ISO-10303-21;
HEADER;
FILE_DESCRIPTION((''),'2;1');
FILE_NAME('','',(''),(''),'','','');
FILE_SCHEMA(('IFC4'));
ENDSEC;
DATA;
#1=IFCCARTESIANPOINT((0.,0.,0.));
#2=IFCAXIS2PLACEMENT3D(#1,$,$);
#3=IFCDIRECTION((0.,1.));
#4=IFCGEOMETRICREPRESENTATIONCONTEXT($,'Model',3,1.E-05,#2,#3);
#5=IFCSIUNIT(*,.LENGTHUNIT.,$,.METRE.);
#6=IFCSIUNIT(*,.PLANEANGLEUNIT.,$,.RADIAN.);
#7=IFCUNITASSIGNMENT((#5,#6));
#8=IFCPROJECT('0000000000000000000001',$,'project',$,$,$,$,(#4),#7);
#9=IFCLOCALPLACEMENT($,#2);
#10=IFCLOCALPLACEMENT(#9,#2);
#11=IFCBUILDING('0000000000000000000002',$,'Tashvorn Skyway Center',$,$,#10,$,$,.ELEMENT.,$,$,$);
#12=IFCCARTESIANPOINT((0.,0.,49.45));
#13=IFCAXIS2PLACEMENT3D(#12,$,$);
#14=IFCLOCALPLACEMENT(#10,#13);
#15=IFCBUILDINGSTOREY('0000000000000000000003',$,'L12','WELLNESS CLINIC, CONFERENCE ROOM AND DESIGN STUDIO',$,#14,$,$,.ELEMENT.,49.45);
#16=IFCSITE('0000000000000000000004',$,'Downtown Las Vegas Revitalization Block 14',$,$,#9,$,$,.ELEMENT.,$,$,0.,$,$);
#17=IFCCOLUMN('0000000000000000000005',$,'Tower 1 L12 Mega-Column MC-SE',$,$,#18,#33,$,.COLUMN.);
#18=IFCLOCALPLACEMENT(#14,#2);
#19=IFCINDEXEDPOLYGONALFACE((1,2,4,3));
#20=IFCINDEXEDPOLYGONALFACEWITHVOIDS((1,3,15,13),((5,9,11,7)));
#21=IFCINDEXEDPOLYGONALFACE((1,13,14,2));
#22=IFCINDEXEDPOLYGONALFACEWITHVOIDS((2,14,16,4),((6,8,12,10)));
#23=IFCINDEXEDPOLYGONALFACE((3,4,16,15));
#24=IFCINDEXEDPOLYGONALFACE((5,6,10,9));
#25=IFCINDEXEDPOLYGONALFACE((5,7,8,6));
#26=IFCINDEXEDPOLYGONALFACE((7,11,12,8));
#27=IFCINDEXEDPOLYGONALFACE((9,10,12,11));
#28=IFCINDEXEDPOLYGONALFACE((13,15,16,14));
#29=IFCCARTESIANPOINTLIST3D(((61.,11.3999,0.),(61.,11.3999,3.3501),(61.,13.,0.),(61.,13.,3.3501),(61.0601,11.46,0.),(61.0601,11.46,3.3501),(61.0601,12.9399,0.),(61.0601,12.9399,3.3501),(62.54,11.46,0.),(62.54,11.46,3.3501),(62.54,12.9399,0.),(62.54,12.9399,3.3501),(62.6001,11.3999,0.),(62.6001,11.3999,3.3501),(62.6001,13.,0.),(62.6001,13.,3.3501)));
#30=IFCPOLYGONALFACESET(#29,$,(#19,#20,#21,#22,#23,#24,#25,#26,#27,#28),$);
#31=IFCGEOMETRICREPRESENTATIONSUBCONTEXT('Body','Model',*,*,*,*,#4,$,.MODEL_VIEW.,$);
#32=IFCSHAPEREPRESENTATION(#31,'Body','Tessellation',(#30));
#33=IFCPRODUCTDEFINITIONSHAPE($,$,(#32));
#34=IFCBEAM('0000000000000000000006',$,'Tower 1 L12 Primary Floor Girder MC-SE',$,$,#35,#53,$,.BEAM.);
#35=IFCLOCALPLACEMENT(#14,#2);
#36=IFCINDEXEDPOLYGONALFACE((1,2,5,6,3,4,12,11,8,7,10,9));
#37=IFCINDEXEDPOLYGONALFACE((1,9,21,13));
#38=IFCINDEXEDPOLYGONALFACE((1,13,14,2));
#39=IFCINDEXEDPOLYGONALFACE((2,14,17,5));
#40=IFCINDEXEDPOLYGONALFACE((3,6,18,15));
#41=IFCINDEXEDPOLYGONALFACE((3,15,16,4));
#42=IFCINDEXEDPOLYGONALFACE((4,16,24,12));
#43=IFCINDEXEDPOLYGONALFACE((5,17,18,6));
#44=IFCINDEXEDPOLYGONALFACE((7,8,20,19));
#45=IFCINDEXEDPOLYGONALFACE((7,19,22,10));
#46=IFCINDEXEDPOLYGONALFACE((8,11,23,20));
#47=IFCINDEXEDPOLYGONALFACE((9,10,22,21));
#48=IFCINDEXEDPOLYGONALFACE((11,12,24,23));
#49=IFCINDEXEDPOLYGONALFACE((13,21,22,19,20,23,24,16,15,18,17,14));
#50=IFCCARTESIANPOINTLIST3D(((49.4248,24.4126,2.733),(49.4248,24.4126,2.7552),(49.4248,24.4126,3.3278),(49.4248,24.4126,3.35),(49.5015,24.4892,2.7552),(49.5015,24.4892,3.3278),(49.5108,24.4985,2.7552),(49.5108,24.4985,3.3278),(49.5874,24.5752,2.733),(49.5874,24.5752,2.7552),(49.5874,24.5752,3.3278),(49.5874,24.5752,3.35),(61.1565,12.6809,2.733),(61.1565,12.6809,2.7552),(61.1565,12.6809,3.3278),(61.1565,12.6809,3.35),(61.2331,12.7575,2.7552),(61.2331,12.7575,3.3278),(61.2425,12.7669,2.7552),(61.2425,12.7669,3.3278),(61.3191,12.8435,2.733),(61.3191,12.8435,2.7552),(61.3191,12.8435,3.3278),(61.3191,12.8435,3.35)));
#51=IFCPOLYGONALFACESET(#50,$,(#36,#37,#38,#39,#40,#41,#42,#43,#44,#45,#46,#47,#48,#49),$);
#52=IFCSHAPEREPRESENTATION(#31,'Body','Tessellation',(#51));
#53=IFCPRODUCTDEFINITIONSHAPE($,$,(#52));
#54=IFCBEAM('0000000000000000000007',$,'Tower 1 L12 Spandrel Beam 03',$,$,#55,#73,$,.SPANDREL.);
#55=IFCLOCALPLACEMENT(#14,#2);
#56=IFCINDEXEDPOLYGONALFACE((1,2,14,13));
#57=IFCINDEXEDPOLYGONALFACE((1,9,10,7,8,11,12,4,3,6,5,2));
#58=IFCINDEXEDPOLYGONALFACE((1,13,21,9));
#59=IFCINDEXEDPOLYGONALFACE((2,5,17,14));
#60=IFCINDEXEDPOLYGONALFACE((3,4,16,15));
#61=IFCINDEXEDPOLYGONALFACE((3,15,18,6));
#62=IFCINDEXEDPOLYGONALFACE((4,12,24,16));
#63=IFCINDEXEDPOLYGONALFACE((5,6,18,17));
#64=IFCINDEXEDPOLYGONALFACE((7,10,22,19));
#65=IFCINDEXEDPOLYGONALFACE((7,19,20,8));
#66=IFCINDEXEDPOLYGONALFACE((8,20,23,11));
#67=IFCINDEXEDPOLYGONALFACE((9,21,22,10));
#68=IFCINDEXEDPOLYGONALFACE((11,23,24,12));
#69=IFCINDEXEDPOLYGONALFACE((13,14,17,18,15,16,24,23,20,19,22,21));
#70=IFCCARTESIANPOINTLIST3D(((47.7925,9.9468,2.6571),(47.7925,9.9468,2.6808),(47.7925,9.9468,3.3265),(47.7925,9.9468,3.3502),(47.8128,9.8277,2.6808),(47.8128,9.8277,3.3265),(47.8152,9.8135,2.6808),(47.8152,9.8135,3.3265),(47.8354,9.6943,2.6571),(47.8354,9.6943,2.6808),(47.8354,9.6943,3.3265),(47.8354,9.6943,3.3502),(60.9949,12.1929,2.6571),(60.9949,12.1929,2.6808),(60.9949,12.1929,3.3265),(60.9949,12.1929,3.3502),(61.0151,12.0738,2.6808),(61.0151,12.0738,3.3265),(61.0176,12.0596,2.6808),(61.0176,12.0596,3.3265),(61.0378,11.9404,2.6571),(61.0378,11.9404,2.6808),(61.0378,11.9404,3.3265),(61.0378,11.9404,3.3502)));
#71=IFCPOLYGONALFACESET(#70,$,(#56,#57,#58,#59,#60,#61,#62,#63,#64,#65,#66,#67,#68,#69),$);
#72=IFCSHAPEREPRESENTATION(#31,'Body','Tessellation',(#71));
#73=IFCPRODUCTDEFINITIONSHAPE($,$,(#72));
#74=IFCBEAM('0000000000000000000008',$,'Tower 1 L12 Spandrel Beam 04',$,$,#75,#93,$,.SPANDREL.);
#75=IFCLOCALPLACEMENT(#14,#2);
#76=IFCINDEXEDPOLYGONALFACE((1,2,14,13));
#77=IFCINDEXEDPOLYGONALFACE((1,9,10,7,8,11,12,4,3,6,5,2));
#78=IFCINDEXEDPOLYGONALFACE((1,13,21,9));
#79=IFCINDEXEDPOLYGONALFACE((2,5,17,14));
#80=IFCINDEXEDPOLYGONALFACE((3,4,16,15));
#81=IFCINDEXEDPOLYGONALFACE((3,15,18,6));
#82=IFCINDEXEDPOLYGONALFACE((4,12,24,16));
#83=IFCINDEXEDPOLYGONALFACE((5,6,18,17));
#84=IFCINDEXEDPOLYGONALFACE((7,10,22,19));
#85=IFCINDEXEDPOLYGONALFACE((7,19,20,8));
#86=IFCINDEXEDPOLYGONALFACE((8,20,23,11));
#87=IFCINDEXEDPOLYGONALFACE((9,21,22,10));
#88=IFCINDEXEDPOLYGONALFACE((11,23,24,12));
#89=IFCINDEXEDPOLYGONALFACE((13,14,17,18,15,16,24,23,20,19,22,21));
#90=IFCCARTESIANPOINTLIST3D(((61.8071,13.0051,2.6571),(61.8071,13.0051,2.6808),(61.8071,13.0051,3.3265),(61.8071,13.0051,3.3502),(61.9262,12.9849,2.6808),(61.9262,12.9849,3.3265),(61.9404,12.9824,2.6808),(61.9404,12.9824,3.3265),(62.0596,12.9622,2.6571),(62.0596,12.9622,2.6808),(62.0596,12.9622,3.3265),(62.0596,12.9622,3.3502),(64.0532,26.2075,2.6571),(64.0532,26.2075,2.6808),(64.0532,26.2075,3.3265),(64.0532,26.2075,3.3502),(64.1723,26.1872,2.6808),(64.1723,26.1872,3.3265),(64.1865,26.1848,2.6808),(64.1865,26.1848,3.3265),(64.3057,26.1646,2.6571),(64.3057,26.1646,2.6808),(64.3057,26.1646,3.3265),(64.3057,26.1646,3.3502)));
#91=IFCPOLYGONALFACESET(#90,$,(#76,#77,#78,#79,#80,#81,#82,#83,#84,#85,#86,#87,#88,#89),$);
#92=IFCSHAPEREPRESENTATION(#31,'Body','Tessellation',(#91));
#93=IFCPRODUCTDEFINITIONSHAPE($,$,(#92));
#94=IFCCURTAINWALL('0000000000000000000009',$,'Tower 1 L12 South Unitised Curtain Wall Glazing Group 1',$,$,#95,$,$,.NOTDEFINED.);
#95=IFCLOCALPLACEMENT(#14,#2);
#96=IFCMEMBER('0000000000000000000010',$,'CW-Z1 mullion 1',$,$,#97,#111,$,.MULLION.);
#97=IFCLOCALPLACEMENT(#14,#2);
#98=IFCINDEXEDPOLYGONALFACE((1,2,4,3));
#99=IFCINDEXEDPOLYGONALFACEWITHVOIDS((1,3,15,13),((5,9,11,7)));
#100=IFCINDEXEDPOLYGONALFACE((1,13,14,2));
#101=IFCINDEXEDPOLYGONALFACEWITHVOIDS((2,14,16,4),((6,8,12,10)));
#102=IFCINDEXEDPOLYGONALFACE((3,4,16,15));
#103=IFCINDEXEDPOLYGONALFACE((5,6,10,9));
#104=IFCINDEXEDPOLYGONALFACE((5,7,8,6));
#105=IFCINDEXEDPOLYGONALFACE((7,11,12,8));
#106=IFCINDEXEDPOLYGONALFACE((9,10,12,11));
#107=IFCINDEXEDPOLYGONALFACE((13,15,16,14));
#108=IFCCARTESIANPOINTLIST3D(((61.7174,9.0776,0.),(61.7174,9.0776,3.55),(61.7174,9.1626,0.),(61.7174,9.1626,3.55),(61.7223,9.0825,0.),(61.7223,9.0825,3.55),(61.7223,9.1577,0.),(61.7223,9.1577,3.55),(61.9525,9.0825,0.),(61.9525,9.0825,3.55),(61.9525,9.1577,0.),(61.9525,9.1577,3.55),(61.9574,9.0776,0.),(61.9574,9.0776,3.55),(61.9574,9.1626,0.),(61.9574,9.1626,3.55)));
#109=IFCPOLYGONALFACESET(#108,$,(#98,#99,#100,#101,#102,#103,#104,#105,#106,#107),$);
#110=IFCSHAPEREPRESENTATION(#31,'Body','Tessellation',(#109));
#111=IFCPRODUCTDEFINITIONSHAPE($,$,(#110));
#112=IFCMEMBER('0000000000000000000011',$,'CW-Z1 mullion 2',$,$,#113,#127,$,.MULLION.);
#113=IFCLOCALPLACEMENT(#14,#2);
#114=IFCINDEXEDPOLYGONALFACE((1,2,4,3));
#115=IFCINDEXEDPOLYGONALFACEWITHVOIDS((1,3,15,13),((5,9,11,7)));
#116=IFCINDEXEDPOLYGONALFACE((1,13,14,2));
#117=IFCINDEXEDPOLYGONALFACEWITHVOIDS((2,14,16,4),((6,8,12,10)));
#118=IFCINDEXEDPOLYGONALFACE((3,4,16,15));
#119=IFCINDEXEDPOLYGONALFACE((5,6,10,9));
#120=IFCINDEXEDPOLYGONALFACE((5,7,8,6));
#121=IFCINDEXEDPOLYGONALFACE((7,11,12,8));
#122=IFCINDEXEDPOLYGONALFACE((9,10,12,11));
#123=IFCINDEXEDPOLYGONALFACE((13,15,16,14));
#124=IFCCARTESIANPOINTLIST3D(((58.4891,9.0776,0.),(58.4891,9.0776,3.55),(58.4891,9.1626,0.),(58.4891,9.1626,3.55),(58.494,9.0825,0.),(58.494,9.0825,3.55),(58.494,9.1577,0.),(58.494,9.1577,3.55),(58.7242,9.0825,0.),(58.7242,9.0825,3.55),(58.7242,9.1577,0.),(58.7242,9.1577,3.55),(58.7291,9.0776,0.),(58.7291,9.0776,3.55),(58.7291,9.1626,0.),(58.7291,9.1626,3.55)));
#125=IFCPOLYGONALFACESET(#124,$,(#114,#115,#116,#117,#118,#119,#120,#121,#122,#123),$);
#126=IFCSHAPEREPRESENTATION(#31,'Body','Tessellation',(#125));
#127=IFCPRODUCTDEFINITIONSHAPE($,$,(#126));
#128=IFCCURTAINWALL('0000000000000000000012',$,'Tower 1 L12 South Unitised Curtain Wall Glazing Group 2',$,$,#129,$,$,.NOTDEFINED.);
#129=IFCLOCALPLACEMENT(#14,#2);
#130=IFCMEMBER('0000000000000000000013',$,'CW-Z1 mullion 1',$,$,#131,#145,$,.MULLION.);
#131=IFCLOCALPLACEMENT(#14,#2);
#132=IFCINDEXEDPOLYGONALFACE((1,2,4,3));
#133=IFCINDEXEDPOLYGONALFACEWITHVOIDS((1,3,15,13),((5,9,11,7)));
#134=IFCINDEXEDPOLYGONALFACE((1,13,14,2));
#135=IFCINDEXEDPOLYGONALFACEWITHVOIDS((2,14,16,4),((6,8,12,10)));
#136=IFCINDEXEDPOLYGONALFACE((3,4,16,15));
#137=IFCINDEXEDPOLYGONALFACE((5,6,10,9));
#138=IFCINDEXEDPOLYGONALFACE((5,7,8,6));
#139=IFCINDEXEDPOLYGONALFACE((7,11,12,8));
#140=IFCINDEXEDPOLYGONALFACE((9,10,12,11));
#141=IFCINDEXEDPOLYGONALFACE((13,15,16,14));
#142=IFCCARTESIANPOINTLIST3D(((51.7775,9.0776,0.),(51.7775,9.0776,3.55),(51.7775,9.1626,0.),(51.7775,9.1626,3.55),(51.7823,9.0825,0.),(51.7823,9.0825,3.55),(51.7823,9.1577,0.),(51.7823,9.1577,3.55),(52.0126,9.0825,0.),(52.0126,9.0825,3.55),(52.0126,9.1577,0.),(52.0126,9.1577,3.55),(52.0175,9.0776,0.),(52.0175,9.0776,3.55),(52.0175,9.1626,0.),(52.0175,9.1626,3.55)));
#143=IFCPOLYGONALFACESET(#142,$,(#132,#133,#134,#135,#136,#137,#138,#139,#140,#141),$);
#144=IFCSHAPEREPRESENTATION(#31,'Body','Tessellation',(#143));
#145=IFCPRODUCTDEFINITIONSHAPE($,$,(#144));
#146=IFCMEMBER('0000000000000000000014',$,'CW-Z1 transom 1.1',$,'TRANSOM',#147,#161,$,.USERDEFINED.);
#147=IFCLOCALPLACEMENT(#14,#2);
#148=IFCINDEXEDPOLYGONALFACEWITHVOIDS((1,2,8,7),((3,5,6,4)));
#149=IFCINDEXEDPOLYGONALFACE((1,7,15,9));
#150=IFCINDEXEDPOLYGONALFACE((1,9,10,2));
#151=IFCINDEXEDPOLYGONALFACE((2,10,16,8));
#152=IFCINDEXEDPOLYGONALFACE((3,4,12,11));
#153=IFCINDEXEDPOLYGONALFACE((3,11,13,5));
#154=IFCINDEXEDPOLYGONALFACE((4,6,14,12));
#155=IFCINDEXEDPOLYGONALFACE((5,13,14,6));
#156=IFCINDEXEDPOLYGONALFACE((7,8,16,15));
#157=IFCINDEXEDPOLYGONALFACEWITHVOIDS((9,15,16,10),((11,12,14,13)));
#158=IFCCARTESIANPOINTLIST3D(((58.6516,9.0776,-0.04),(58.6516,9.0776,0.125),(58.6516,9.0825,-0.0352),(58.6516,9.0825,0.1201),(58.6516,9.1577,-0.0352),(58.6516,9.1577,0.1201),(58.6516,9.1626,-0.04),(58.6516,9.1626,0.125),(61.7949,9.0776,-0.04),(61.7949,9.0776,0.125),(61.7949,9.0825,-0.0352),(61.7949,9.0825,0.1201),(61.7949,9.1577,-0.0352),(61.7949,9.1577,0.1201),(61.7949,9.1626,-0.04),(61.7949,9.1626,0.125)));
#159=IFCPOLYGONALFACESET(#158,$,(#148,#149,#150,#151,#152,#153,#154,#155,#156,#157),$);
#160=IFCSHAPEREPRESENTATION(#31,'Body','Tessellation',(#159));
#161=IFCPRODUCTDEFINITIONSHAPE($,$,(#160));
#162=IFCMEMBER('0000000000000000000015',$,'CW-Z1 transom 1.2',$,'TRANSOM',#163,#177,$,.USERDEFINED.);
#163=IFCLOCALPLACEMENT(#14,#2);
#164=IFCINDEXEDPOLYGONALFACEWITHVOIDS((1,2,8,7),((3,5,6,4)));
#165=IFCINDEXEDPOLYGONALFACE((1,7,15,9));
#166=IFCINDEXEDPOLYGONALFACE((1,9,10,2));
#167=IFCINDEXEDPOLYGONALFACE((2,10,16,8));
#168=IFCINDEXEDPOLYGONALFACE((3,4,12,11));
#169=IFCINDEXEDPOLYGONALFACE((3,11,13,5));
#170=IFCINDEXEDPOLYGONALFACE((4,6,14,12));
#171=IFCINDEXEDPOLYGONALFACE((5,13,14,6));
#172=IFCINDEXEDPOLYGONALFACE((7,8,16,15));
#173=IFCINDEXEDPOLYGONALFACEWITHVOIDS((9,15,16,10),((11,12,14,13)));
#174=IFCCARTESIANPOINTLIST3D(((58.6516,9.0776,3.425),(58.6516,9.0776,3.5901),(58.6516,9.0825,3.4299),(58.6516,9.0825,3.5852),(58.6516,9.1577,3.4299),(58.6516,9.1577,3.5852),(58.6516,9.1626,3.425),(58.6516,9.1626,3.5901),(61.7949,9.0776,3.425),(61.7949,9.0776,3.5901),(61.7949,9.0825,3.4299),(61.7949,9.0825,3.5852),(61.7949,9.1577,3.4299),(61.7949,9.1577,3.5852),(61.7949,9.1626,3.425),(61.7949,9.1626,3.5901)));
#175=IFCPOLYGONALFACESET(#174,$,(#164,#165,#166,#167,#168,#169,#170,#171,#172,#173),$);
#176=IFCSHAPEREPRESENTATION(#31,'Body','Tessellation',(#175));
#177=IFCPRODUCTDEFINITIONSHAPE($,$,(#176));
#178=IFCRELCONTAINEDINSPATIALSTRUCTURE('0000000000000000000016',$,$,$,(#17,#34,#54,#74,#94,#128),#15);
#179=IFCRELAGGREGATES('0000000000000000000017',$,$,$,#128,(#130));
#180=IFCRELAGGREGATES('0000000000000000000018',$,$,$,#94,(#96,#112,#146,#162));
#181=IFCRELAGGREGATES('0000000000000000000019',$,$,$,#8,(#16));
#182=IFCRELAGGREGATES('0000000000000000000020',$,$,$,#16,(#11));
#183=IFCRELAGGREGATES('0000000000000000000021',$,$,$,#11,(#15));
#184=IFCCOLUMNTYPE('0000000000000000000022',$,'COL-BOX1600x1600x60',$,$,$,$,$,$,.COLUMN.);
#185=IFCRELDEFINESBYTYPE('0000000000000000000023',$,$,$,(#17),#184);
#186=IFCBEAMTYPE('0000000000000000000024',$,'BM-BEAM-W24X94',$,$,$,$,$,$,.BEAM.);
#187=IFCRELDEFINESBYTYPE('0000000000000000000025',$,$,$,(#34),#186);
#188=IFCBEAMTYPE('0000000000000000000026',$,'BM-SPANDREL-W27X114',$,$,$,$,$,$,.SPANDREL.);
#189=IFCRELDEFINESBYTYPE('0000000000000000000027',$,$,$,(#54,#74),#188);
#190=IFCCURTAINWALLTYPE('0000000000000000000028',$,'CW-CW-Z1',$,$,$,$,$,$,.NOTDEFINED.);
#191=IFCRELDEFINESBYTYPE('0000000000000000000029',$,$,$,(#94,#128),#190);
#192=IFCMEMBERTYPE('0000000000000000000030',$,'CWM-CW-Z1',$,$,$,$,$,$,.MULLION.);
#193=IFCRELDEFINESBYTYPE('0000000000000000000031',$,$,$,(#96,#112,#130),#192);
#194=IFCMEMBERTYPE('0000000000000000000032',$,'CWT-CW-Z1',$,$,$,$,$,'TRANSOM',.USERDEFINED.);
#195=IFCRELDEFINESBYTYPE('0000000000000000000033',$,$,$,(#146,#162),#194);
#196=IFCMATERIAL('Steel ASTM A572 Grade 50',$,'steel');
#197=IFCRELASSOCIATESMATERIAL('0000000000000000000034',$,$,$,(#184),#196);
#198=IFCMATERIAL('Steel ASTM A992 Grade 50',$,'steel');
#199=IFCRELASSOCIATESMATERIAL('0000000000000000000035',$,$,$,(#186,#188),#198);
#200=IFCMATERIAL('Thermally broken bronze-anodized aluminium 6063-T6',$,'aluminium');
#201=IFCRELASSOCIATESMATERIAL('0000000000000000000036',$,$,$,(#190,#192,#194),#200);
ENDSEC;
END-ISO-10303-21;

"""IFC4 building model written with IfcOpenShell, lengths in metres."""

from ifc_helpers import new_model, si_unit, direction, frame, origin, origin_2d, place, context, subcontext, project, spatial, hollow_rectangle, i_section, extrude, material, material_profile, profile_set, type_object, element, aggregate, save


model = new_model("IFC4")

# Units and contexts
model_context = context("Model", 3, precision=1e-05, world=origin(), true_north=direction((0.0, 1.0)))
body_context = subcontext(model_context, "Body", "Model", "MODEL_VIEW")
ifc_project = project(units=[si_unit("LENGTHUNIT", "METRE"), si_unit("PLANEANGLEUNIT", "RADIAN")], contexts=[model_context])

# Site, building, storey
site_placement = place(None, origin())
site = spatial("IfcSite", under=ifc_project, at=site_placement, Name="Downtown Las Vegas Revitalization Block 14", CompositionType="ELEMENT", RefElevation=0.0)
building_placement = place(site_placement, origin())
building = spatial("IfcBuilding", under=site, at=building_placement, Name="Tashvorn Skyway Center", CompositionType="ELEMENT")
storey_placement = place(building_placement, frame((0.0, 0.0, 49.45)))
storey = spatial("IfcBuildingStorey", under=building, at=storey_placement, Name="L12", Description="WELLNESS CLINIC, CONFERENCE ROOM AND DESIGN STUDIO", CompositionType="ELEMENT", Elevation=49.45)

# Column
ifc_material_1 = material(Name="Steel ASTM A572 Grade 50", Category="steel")
ifc_material_profile_1 = material_profile(ifc_material_1, hollow_rectangle(XDim=1.6001, YDim=1.6001, WallThickness=0.0601, at=origin_2d()), Name="BOX1600x1600x60")
ifc_profile_set_1 = profile_set([ifc_material_profile_1], Name="Steel ASTM A572 Grade 50")
column_type = type_object("IfcColumnType", Name="COL-BOX1600x1600x60", PredefinedType="COLUMN", material=ifc_profile_set_1)
column_placement = place(storey_placement, frame((61.8, 12.2, 0.0), z_axis=(0.0, 0.0, 1.0), x_axis=(1.0, 0.0, 0.0)))
element("IfcColumn", 1, at=column_placement, inside=storey, type_object=column_type, Name="Tower 1 L12 Mega-Column MC-SE", PredefinedType="COLUMN", context=body_context, shape_type="SweptSolid", body=[
    extrude(hollow_rectangle(XDim=1.6001, YDim=1.6001, WallThickness=0.0601, at=origin_2d()), origin(), (0.0, 0.0, 1.0), 3.3501),
])

# Beams
ifc_material_2 = material(Name="Steel ASTM A992 Grade 50", Category="steel")
ifc_material_profile_2 = material_profile(ifc_material_2, i_section(OverallWidth=0.23, OverallDepth=0.6169, WebThickness=0.0132, FlangeThickness=0.0222, at=origin_2d()), Name="W24X94")
ifc_profile_set_2 = profile_set([ifc_material_profile_2], Name="Steel ASTM A992 Grade 50")
beam_type_1 = type_object("IfcBeamType", Name="BM-BEAM-W24X94", PredefinedType="BEAM", material=ifc_profile_set_2)
beam_placement = place(storey_placement, frame((61.2378, 12.7622, 3.0415), z_axis=(-0.707107, 0.707107, 0.0), x_axis=(-0.707107, -0.707107, 0.0)))
element("IfcBeam", 2, at=beam_placement, inside=storey, type_object=beam_type_1, Name="Tower 1 L12 Primary Floor Girder MC-SE", PredefinedType="BEAM", context=body_context, shape_type="SweptSolid", body=[
    extrude(i_section(OverallWidth=0.23, OverallDepth=0.6169, WebThickness=0.0132, FlangeThickness=0.0222, at=origin_2d()), origin(), (0.0, 0.0, 1.0), 16.5911),
])
ifc_material_profile_3 = material_profile(ifc_material_2, i_section(OverallWidth=0.2561, OverallDepth=0.6931, WebThickness=0.0144, FlangeThickness=0.0237, at=origin_2d()), Name="W27X114")
ifc_profile_set_3 = profile_set([ifc_material_profile_3], Name="Steel ASTM A992 Grade 50")
beam_type_2 = type_object("IfcBeamType", Name="BM-SPANDREL-W27X114", PredefinedType="SPANDREL", material=ifc_profile_set_3)
for number, where, z_axis, x_axis, name in (
    (3, (47.814, 9.8206, 3.0037), (0.985835, 0.167718, 0.0), (-0.167718, 0.985835, 0.0), "Tower 1 L12 Spandrel Beam 03"),
    (4, (61.9333, 12.9836, 3.0037), (0.167718, 0.985835, 0.0), (-0.985835, 0.167718, 0.0), "Tower 1 L12 Spandrel Beam 04"),
):
    element("IfcBeam", number, at=place(storey_placement, frame(where, z_axis=z_axis, x_axis=x_axis)), inside=storey, type_object=beam_type_2, Name=name, PredefinedType="SPANDREL", context=body_context, shape_type="SweptSolid", body=[
        extrude(i_section(OverallWidth=0.2561, OverallDepth=0.6931, WebThickness=0.0144, FlangeThickness=0.0237, at=origin_2d()), origin(), (0.0, 0.0, 1.0), 13.3921),
    ])

# Curtain wall, members
ifc_material_3 = material(Name="Thermally broken bronze-anodized aluminium 6063-T6", Category="aluminium")
curtain_wall_type = type_object("IfcCurtainWallType", Name="CW-CW-Z1", PredefinedType="NOTDEFINED", material=ifc_material_3)
curtain_wall_1_placement = place(storey_placement, origin())
curtain_wall_1 = element("IfcCurtainWall", 5, at=curtain_wall_1_placement, inside=storey, type_object=curtain_wall_type, Name="Tower 1 L12 South Unitised Curtain Wall Glazing Group 1", PredefinedType="NOTDEFINED")
ifc_material_profile_4 = material_profile(ifc_material_3, hollow_rectangle(XDim=0.085, YDim=0.24, WallThickness=0.0049, at=origin_2d()), Name="ALU-MULL-85x240")
ifc_profile_set_4 = profile_set([ifc_material_profile_4], Name="Thermally broken bronze-anodized aluminium 6063-T6")
member_type_1 = type_object("IfcMemberType", Name="CWM-CW-Z1", PredefinedType="MULLION", material=ifc_profile_set_4)
member_1_placement = place(storey_placement, frame((61.8374, 9.1201, 0.0), z_axis=(0.0, 0.0, 1.0), x_axis=(0.0, -1.0, 0.0)))
member_1 = element("IfcMember", 6, at=member_1_placement, type_object=member_type_1, Name="CW-Z1 mullion 1", PredefinedType="MULLION", context=body_context, shape_type="SweptSolid", body=[
    extrude(hollow_rectangle(XDim=0.085, YDim=0.24, WallThickness=0.0049, at=origin_2d()), origin(), (0.0, 0.0, 1.0), 3.55),
])
member_2_placement = place(storey_placement, frame((58.6091, 9.1201, 0.0), z_axis=(0.0, 0.0, 1.0), x_axis=(0.0, -1.0, 0.0)))
member_2 = element("IfcMember", 7, at=member_2_placement, type_object=member_type_1, Name="CW-Z1 mullion 2", PredefinedType="MULLION", context=body_context, shape_type="SweptSolid", body=[
    extrude(hollow_rectangle(XDim=0.085, YDim=0.24, WallThickness=0.0049, at=origin_2d()), origin(), (0.0, 0.0, 1.0), 3.55),
])

# Curtain wall, member
curtain_wall_2_placement = place(storey_placement, origin())
curtain_wall_2 = element("IfcCurtainWall", 8, at=curtain_wall_2_placement, inside=storey, type_object=curtain_wall_type, Name="Tower 1 L12 South Unitised Curtain Wall Glazing Group 2", PredefinedType="NOTDEFINED")
member_3_placement = place(storey_placement, frame((51.8975, 9.1201, 0.0), z_axis=(0.0, 0.0, 1.0), x_axis=(0.0, -1.0, 0.0)))
member_3 = element("IfcMember", 9, at=member_3_placement, type_object=member_type_1, Name="CW-Z1 mullion 1", PredefinedType="MULLION", context=body_context, shape_type="SweptSolid", body=[
    extrude(hollow_rectangle(XDim=0.085, YDim=0.24, WallThickness=0.0049, at=origin_2d()), origin(), (0.0, 0.0, 1.0), 3.55),
])

# Members
ifc_material_profile_5 = material_profile(ifc_material_3, hollow_rectangle(XDim=0.085, YDim=0.165, WallThickness=0.0049, at=origin_2d()), Name="ALU-TRAN-85x165")
ifc_profile_set_5 = profile_set([ifc_material_profile_5], Name="Thermally broken bronze-anodized aluminium 6063-T6")
member_type_2 = type_object("IfcMemberType", Name="CWT-CW-Z1", ElementType="TRANSOM", PredefinedType="USERDEFINED", material=ifc_profile_set_5)
member_4_placement = place(storey_placement, frame((61.7949, 9.1201, 0.0425), z_axis=(-1.0, 0.0, 0.0), x_axis=(0.0, -1.0, 0.0)))
member_4 = element("IfcMember", 10, at=member_4_placement, type_object=member_type_2, Name="CW-Z1 transom 1.1", ObjectType="TRANSOM", PredefinedType="USERDEFINED", context=body_context, shape_type="SweptSolid", body=[
    extrude(hollow_rectangle(XDim=0.085, YDim=0.165, WallThickness=0.0049, at=origin_2d()), origin(), (0.0, 0.0, 1.0), 3.1433),
])
member_5_placement = place(storey_placement, frame((61.7949, 9.1201, 3.5076), z_axis=(-1.0, 0.0, 0.0), x_axis=(0.0, -1.0, 0.0)))
member_5 = element("IfcMember", 11, at=member_5_placement, type_object=member_type_2, Name="CW-Z1 transom 1.2", ObjectType="TRANSOM", PredefinedType="USERDEFINED", context=body_context, shape_type="SweptSolid", body=[
    extrude(hollow_rectangle(XDim=0.085, YDim=0.165, WallThickness=0.0049, at=origin_2d()), origin(), (0.0, 0.0, 1.0), 3.1433),
])
aggregate(curtain_wall_2, [member_3])

aggregate(curtain_wall_1, [member_1, member_2, member_4, member_5])

save(model, "model.ifc")
